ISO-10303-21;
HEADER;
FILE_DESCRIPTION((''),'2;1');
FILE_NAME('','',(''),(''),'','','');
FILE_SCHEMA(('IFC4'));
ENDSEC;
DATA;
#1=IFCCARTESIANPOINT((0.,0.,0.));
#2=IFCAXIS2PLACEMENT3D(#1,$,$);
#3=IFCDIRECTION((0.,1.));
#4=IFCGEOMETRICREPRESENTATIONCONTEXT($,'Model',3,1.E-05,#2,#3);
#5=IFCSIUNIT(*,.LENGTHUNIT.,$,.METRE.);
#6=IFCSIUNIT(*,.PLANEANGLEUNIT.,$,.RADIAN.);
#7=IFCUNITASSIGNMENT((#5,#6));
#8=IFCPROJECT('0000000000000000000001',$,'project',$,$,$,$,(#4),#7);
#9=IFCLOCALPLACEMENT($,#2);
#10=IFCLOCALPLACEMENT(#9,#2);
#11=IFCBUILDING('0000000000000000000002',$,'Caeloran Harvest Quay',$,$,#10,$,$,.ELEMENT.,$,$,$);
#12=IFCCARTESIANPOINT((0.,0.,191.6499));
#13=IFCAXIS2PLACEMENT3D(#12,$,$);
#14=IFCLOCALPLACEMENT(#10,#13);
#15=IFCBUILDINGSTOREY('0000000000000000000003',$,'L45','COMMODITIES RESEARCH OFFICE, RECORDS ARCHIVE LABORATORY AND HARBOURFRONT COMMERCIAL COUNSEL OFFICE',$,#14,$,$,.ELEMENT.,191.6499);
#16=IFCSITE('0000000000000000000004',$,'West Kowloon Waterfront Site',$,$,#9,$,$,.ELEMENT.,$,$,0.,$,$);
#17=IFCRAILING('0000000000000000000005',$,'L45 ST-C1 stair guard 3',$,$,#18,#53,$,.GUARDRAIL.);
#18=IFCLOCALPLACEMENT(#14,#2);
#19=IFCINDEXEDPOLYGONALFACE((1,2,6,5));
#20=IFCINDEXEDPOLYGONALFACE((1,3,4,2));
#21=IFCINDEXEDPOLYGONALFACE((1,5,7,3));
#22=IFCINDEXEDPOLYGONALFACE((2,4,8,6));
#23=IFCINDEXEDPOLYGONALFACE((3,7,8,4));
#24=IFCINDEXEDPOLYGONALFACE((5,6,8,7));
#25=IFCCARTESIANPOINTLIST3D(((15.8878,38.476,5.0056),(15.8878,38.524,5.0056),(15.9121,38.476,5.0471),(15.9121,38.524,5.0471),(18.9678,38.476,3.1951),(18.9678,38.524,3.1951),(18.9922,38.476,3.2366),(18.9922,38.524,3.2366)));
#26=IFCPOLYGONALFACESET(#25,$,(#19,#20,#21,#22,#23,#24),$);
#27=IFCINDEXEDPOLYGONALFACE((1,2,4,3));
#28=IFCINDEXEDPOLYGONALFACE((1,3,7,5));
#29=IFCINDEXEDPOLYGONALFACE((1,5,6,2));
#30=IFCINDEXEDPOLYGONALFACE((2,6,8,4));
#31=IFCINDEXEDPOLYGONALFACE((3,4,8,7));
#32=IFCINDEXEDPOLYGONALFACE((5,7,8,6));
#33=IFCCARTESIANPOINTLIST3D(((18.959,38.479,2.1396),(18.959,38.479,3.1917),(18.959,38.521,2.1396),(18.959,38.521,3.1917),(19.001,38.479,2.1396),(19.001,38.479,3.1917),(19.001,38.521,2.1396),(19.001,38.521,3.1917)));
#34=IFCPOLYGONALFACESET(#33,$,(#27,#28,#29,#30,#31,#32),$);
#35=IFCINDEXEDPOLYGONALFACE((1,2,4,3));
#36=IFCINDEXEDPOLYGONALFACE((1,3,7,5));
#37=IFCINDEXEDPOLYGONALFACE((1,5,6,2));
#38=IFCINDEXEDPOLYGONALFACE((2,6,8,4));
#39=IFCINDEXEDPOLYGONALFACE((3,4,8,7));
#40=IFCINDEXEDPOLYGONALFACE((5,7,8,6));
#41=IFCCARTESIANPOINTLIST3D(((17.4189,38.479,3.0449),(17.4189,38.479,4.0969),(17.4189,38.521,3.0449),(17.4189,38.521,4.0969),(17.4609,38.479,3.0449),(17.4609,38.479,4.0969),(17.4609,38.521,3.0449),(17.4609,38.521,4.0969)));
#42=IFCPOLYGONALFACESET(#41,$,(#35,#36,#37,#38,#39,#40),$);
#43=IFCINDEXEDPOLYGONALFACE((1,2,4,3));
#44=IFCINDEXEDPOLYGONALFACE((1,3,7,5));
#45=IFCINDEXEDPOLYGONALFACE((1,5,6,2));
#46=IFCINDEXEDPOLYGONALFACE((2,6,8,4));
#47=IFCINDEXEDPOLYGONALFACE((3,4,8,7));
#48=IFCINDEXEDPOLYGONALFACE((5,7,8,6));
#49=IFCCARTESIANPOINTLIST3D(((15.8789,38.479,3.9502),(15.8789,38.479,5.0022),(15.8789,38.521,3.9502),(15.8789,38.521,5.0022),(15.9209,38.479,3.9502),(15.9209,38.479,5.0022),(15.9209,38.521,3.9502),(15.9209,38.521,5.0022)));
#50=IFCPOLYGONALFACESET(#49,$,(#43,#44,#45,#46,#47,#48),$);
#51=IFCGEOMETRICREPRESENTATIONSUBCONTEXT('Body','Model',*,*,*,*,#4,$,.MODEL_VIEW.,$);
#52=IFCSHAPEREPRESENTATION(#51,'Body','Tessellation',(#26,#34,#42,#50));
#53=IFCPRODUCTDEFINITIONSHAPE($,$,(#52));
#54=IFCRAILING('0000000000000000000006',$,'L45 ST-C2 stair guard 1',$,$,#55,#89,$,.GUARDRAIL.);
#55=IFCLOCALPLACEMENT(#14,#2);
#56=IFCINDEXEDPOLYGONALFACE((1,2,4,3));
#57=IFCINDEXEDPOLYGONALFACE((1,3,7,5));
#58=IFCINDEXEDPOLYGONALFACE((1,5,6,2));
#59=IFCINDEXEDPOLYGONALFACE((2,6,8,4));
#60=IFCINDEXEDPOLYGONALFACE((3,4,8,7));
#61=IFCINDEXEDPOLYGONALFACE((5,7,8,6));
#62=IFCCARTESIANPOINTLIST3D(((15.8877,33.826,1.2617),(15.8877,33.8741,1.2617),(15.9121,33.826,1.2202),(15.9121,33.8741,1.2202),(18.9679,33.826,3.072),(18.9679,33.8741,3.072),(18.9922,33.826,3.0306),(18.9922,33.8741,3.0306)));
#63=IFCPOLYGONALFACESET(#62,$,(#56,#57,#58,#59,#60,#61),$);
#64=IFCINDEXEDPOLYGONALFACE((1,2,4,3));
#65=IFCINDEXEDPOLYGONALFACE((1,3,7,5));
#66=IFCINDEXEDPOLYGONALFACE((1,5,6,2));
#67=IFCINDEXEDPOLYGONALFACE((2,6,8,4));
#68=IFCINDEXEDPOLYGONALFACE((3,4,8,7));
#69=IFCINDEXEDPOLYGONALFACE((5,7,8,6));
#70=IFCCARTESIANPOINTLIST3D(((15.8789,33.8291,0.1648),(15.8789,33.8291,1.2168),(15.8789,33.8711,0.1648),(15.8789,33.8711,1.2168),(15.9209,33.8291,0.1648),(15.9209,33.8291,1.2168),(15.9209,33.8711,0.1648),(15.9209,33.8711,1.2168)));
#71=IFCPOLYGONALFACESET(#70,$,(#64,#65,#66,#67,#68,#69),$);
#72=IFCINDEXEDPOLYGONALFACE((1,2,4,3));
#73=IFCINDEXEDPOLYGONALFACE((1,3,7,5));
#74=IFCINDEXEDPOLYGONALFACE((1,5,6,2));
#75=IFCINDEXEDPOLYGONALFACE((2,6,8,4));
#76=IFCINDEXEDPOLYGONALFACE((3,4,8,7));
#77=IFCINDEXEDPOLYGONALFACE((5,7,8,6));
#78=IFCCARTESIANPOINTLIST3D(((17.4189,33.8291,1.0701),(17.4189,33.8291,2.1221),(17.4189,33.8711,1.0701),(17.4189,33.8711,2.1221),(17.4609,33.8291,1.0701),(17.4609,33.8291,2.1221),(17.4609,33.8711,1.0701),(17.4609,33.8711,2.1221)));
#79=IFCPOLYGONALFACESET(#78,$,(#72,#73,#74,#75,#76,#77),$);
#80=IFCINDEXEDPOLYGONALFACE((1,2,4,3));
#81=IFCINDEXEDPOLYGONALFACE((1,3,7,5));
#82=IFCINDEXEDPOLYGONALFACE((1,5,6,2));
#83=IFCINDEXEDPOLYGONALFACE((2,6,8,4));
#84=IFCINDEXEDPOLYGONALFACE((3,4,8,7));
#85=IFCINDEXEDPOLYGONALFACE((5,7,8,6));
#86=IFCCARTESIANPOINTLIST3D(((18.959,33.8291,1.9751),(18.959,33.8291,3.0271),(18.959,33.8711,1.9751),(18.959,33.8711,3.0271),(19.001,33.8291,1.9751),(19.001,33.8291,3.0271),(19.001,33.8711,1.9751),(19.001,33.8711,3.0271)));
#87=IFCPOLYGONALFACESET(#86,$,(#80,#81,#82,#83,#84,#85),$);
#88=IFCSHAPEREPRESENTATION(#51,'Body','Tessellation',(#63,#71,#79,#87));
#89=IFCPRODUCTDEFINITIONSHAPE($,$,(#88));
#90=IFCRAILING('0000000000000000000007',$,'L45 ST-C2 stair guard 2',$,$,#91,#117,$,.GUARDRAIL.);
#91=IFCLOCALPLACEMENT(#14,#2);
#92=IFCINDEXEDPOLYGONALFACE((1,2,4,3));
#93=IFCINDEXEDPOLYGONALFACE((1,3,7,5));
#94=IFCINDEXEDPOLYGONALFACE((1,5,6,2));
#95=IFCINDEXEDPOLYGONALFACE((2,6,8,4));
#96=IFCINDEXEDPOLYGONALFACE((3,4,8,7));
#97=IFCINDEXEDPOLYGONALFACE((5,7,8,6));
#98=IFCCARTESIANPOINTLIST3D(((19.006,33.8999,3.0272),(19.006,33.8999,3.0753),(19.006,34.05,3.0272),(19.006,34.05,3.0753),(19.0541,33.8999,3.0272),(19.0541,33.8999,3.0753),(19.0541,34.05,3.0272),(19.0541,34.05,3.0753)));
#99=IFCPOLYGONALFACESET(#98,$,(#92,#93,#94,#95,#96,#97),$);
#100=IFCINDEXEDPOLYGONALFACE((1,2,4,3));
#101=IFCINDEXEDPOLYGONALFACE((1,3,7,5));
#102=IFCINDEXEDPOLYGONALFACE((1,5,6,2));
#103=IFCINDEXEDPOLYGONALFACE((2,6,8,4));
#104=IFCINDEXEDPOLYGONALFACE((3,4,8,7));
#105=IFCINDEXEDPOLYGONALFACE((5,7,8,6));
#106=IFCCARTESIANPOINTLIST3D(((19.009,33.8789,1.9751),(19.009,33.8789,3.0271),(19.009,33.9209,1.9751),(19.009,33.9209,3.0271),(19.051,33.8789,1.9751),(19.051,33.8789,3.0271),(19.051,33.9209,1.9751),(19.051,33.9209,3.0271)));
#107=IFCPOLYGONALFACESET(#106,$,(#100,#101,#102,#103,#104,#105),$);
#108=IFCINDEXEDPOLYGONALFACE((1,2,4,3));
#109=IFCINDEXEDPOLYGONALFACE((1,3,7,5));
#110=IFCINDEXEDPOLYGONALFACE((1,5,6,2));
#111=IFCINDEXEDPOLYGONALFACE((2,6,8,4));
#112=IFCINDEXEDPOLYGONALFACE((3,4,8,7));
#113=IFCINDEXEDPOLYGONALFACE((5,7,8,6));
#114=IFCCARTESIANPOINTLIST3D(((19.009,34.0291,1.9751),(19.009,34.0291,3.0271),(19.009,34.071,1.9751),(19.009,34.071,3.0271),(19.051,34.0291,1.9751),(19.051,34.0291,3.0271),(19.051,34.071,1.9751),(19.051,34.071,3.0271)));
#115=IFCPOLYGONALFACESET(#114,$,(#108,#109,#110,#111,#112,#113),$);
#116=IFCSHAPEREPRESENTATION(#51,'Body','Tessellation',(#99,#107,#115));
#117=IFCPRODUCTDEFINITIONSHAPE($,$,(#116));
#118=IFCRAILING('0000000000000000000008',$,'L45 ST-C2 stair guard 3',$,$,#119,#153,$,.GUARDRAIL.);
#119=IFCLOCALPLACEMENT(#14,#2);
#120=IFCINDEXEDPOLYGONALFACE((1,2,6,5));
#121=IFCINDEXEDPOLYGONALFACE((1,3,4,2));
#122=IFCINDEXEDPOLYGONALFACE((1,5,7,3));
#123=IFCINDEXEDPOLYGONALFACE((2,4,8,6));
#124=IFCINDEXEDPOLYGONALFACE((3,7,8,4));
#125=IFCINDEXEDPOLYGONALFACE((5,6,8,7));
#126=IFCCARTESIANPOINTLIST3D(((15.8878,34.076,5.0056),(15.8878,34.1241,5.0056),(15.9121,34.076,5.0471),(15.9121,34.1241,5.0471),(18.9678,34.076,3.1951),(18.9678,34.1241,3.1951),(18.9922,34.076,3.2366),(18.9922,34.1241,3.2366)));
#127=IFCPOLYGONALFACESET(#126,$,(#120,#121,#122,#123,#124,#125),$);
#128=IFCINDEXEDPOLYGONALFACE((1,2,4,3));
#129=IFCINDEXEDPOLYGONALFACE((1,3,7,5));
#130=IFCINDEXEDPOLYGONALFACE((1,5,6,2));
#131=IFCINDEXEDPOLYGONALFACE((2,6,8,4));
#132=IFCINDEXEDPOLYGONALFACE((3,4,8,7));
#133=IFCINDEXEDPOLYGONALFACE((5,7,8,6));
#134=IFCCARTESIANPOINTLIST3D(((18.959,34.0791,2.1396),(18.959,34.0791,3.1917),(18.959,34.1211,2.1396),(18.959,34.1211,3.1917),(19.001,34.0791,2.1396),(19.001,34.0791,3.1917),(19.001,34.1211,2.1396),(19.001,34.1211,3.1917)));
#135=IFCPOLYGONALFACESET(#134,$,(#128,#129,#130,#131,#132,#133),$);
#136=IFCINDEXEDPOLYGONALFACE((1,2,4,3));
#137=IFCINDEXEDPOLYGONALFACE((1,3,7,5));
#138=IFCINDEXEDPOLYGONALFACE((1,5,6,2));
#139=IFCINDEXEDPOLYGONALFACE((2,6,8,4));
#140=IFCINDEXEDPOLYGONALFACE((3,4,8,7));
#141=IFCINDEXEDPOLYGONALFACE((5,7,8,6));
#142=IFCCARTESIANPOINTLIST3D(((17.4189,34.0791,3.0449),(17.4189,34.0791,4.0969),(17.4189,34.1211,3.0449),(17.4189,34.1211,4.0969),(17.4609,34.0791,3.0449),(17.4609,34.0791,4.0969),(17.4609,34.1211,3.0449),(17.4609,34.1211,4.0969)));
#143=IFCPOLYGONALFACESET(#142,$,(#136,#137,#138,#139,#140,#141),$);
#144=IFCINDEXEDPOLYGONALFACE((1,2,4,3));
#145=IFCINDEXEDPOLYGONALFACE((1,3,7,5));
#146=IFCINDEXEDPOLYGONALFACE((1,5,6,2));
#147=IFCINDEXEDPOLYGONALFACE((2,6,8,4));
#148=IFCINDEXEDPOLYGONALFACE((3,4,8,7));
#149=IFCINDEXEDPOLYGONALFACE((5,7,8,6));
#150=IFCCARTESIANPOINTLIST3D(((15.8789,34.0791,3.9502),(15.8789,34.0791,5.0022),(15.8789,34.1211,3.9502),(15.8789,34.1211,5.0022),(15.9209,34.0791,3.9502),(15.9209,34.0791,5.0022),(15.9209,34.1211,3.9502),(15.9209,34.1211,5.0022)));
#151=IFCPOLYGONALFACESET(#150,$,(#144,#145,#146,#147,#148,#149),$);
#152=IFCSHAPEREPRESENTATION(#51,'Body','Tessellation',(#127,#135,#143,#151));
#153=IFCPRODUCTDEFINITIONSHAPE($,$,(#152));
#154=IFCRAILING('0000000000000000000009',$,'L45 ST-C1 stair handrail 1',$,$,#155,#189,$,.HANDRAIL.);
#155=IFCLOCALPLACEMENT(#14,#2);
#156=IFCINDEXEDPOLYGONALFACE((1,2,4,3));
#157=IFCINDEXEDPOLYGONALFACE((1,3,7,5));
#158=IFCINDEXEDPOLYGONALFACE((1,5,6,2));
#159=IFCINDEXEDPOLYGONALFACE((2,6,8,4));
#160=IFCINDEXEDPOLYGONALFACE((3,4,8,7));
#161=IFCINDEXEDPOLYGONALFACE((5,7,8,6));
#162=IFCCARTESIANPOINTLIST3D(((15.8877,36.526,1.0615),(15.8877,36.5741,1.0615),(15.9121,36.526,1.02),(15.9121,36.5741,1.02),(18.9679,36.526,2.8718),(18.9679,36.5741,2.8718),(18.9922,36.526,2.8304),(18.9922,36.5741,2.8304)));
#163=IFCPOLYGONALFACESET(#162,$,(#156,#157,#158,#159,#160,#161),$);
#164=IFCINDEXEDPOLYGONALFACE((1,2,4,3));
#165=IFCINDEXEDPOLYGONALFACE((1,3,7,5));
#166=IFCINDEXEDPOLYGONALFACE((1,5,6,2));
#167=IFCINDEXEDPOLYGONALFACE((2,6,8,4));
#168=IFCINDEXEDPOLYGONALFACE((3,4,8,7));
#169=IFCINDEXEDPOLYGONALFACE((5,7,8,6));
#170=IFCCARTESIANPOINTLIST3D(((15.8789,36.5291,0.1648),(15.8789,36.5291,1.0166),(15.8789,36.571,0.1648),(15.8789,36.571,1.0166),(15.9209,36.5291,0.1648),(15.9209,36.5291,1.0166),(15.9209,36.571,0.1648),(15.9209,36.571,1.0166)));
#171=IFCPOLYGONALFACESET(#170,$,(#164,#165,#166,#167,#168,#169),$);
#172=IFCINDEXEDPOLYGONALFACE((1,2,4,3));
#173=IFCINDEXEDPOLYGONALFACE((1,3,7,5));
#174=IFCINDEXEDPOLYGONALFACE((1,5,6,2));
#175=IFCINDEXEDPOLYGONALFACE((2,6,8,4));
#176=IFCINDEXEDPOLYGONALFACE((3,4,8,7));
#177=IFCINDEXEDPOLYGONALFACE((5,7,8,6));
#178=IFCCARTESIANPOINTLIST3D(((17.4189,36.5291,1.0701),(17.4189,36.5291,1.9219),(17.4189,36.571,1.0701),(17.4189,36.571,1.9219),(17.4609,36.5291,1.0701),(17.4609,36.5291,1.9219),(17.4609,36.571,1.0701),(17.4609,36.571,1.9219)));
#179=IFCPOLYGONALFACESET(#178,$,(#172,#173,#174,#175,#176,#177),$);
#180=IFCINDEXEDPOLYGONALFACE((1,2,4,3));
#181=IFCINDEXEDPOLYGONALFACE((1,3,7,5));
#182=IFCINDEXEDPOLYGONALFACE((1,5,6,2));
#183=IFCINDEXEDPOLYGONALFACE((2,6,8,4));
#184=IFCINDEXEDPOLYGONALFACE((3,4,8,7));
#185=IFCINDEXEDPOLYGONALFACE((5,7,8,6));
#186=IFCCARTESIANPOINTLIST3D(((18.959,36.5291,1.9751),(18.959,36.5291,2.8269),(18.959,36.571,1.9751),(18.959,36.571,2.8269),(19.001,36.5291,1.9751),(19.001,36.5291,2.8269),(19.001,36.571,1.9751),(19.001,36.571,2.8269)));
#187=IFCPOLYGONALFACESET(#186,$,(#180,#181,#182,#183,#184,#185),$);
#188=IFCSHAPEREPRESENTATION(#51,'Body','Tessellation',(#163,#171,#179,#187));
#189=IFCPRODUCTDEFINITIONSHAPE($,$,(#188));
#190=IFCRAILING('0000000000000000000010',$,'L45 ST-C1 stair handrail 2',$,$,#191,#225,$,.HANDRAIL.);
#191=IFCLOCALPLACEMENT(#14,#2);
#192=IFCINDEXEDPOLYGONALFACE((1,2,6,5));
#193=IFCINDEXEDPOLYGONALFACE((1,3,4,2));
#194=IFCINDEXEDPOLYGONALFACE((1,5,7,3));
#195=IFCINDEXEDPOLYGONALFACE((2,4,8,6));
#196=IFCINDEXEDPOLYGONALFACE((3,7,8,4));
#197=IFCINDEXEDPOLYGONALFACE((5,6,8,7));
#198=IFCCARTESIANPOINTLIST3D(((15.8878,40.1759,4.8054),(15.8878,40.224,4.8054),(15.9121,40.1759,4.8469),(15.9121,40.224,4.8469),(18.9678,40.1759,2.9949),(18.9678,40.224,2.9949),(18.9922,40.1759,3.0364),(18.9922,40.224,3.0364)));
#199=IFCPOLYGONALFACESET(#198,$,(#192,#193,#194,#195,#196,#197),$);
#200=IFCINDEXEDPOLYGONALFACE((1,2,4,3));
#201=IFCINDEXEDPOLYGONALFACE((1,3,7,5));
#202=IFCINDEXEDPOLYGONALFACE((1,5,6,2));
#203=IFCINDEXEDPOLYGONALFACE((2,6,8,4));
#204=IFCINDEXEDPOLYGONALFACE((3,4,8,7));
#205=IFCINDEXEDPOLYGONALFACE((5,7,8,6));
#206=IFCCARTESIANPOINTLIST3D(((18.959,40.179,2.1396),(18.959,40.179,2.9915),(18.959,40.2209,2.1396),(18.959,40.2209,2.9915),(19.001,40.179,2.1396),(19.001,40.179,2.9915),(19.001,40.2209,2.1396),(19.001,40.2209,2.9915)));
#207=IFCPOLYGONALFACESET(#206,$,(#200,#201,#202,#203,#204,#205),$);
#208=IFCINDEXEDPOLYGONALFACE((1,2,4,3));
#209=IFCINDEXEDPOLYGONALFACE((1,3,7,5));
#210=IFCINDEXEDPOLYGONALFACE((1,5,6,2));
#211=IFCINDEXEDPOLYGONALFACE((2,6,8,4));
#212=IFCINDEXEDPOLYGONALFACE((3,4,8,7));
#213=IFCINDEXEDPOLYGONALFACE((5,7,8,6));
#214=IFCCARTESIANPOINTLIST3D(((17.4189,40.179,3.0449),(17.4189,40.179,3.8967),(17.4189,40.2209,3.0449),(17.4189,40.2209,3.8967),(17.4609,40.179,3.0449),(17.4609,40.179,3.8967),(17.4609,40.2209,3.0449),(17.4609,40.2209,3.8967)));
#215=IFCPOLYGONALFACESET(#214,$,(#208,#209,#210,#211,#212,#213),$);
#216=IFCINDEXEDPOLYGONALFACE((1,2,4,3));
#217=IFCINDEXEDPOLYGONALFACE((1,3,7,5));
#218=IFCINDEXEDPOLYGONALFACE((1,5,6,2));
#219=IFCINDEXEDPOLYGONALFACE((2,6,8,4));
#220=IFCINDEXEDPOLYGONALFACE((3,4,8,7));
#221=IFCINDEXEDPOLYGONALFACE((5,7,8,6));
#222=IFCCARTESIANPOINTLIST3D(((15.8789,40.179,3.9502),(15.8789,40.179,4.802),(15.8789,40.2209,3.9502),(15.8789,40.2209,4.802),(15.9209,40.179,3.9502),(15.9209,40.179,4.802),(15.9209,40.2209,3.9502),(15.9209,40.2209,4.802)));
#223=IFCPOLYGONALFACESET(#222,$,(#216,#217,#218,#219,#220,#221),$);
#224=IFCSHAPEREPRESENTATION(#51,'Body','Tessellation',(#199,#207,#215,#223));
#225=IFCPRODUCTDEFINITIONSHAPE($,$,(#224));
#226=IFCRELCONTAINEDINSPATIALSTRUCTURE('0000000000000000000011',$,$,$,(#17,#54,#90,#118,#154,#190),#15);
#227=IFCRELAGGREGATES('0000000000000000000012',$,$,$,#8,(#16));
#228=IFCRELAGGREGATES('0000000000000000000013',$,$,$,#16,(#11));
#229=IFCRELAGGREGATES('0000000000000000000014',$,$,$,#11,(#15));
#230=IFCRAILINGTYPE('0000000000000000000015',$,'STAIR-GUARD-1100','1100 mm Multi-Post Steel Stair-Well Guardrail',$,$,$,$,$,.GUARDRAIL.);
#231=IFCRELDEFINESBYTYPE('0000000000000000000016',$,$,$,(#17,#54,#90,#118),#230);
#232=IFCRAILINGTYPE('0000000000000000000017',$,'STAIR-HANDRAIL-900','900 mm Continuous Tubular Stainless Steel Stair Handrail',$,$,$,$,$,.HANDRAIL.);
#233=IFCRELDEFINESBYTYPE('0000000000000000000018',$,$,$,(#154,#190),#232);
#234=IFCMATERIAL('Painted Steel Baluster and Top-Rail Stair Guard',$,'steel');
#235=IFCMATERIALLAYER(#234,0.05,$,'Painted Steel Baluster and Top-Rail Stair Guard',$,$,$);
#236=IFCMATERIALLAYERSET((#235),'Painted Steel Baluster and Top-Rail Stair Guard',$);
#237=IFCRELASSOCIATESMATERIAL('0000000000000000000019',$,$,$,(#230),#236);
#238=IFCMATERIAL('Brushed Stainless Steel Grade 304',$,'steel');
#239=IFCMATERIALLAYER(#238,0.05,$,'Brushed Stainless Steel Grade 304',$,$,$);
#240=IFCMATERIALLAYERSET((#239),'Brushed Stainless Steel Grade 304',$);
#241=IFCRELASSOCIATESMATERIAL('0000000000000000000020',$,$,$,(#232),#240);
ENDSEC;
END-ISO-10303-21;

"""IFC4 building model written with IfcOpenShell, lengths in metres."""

from ifc_helpers import new_model, si_unit, direction, frame, origin, origin_2d, place, context, subcontext, project, spatial, rectangle, extrude, material, layer, layer_set, type_object, element, save


model = new_model("IFC4")

# Units and contexts
model_context = context("Model", 3, precision=1e-05, world=origin(), true_north=direction((0.0, 1.0)))
body_context = subcontext(model_context, "Body", "Model", "MODEL_VIEW")
ifc_project = project(units=[si_unit("LENGTHUNIT", "METRE"), si_unit("PLANEANGLEUNIT", "RADIAN")], contexts=[model_context])

# Site, building, storey
site_placement = place(None, origin())
site = spatial("IfcSite", under=ifc_project, at=site_placement, Name="West Kowloon Waterfront Site", CompositionType="ELEMENT", RefElevation=0.0)
building_placement = place(site_placement, origin())
building = spatial("IfcBuilding", under=site, at=building_placement, Name="Caeloran Harvest Quay", CompositionType="ELEMENT")
storey_placement = place(building_placement, frame((0.0, 0.0, 191.6499)))
storey = spatial("IfcBuildingStorey", under=building, at=storey_placement, Name="L45", Description="COMMODITIES RESEARCH OFFICE, RECORDS ARCHIVE LABORATORY AND HARBOURFRONT COMMERCIAL COUNSEL OFFICE", CompositionType="ELEMENT", Elevation=191.6499)

# Railings
ifc_material_1 = material(Name="Painted Steel Baluster and Top-Rail Stair Guard", Category="steel")
ifc_layer_1 = layer(ifc_material_1, 0.05, Name="Painted Steel Baluster and Top-Rail Stair Guard")
ifc_layer_set_1 = layer_set([ifc_layer_1], Name="Painted Steel Baluster and Top-Rail Stair Guard")
railing_type_1 = type_object("IfcRailingType", Name="STAIR-GUARD-1100", Description="1100 mm Multi-Post Steel Stair-Well Guardrail", PredefinedType="GUARDRAIL", material=ifc_layer_set_1)
railing_1_placement = place(storey_placement, frame((18.98, 38.5, 2.1396)))
element("IfcRailing", 1, at=railing_1_placement, inside=storey, type_object=railing_type_1, Name="L45 ST-C1 stair guard 3", PredefinedType="GUARDRAIL", context=body_context, shape_type="SweptSolid", body=[
    extrude(rectangle(XDim=0.0481, YDim=0.0481, at=origin_2d()), frame((0.0, 0.0, 1.0762), z_axis=(-0.862089, 0.0, 0.506757), x_axis=(0.0, -1.0, 0.0)), (0.0, 0.0, 1.0), 3.5728),
    extrude(rectangle(XDim=0.042, YDim=0.042, at=origin_2d()), origin(), (0.0, 0.0, 1.0), 1.052),
    extrude(rectangle(XDim=0.042, YDim=0.042, at=origin_2d()), frame((-1.54, 0.0, 0.9053)), (0.0, 0.0, 1.0), 1.052),
    extrude(rectangle(XDim=0.042, YDim=0.042, at=origin_2d()), frame((-3.0801, 0.0, 1.8105)), (0.0, 0.0, 1.0), 1.052),
])
railing_2_placement = place(storey_placement, frame((15.8999, 33.8501, 0.1648)))
element("IfcRailing", 2, at=railing_2_placement, inside=storey, type_object=railing_type_1, Name="L45 ST-C2 stair guard 1", PredefinedType="GUARDRAIL", context=body_context, shape_type="SweptSolid", body=[
    extrude(rectangle(XDim=0.0481, YDim=0.0481, at=origin_2d()), frame((0.0, 0.0, 1.0762), z_axis=(0.862119, 0.0, 0.506707), x_axis=(0.0, 1.0, 0.0)), (0.0, 0.0, 1.0), 3.5728),
    extrude(rectangle(XDim=0.042, YDim=0.042, at=origin_2d()), origin(), (0.0, 0.0, 1.0), 1.052),
    extrude(rectangle(XDim=0.042, YDim=0.042, at=origin_2d()), frame((1.54, 0.0, 0.9053)), (0.0, 0.0, 1.0), 1.052),
    extrude(rectangle(XDim=0.042, YDim=0.042, at=origin_2d()), frame((3.0801, 0.0, 1.8103)), (0.0, 0.0, 1.0), 1.052),
])
railing_3_placement = place(storey_placement, frame((19.03, 33.8999, 1.9751)))
element("IfcRailing", 3, at=railing_3_placement, inside=storey, type_object=railing_type_1, Name="L45 ST-C2 stair guard 2", PredefinedType="GUARDRAIL", context=body_context, shape_type="SweptSolid", body=[
    extrude(rectangle(XDim=0.0481, YDim=0.0481, at=origin_2d()), frame((0.0, 0.0, 1.0762), z_axis=(0.0, 1.0, 0.0), x_axis=(-1.0, 0.0, 0.0)), (0.0, 0.0, 1.0), 0.1501),
    extrude(rectangle(XDim=0.042, YDim=0.042, at=origin_2d()), origin(), (0.0, 0.0, 1.0), 1.052),
    extrude(rectangle(XDim=0.042, YDim=0.042, at=origin_2d()), frame((0.0, 0.1501, 0.0)), (0.0, 0.0, 1.0), 1.052),
])
railing_4_placement = place(storey_placement, frame((18.98, 34.1001, 2.1396)))
element("IfcRailing", 4, at=railing_4_placement, inside=storey, type_object=railing_type_1, Name="L45 ST-C2 stair guard 3", PredefinedType="GUARDRAIL", context=body_context, shape_type="SweptSolid", body=[
    extrude(rectangle(XDim=0.0481, YDim=0.0481, at=origin_2d()), frame((0.0, 0.0, 1.0762), z_axis=(-0.862089, 0.0, 0.506757), x_axis=(0.0, -1.0, 0.0)), (0.0, 0.0, 1.0), 3.5728),
    extrude(rectangle(XDim=0.042, YDim=0.042, at=origin_2d()), origin(), (0.0, 0.0, 1.0), 1.052),
    extrude(rectangle(XDim=0.042, YDim=0.042, at=origin_2d()), frame((-1.54, 0.0, 0.9053)), (0.0, 0.0, 1.0), 1.052),
    extrude(rectangle(XDim=0.042, YDim=0.042, at=origin_2d()), frame((-3.0801, 0.0, 1.8105)), (0.0, 0.0, 1.0), 1.052),
])
ifc_material_2 = material(Name="Brushed Stainless Steel Grade 304", Category="steel")
ifc_layer_2 = layer(ifc_material_2, 0.05, Name="Brushed Stainless Steel Grade 304")
ifc_layer_set_2 = layer_set([ifc_layer_2], Name="Brushed Stainless Steel Grade 304")
railing_type_2 = type_object("IfcRailingType", Name="STAIR-HANDRAIL-900", Description="900 mm Continuous Tubular Stainless Steel Stair Handrail", PredefinedType="HANDRAIL", material=ifc_layer_set_2)
railing_5_placement = place(storey_placement, frame((15.8999, 36.55, 0.1648)))
element("IfcRailing", 5, at=railing_5_placement, inside=storey, type_object=railing_type_2, Name="L45 ST-C1 stair handrail 1", PredefinedType="HANDRAIL", context=body_context, shape_type="SweptSolid", body=[
    extrude(rectangle(XDim=0.0481, YDim=0.0481, at=origin_2d()), frame((0.0, 0.0, 0.876), z_axis=(0.862119, 0.0, 0.506707), x_axis=(0.0, 1.0, 0.0)), (0.0, 0.0, 1.0), 3.5728),
    extrude(rectangle(XDim=0.042, YDim=0.042, at=origin_2d()), origin(), (0.0, 0.0, 1.0), 0.8518),
    extrude(rectangle(XDim=0.042, YDim=0.042, at=origin_2d()), frame((1.54, 0.0, 0.9053)), (0.0, 0.0, 1.0), 0.8518),
    extrude(rectangle(XDim=0.042, YDim=0.042, at=origin_2d()), frame((3.0801, 0.0, 1.8103)), (0.0, 0.0, 1.0), 0.8518),
])
for number, where, name in (
    (6, (18.98, 40.2, 2.1396), "L45 ST-C1 stair handrail 2"),
):
    element("IfcRailing", number, at=place(storey_placement, frame(where)), inside=storey, type_object=railing_type_2, Name=name, PredefinedType="HANDRAIL", context=body_context, shape_type="SweptSolid", body=[
        extrude(rectangle(XDim=0.0481, YDim=0.0481, at=origin_2d()), frame((0.0, 0.0, 0.876), z_axis=(-0.862089, 0.0, 0.506757), x_axis=(0.0, -1.0, 0.0)), (0.0, 0.0, 1.0), 3.5728),
        extrude(rectangle(XDim=0.042, YDim=0.042, at=origin_2d()), origin(), (0.0, 0.0, 1.0), 0.8518),
        extrude(rectangle(XDim=0.042, YDim=0.042, at=origin_2d()), frame((-1.54, 0.0, 0.9053)), (0.0, 0.0, 1.0), 0.8518),
        extrude(rectangle(XDim=0.042, YDim=0.042, at=origin_2d()), frame((-3.0801, 0.0, 1.8105)), (0.0, 0.0, 1.0), 0.8518),
    ])

save(model, "model.ifc")
